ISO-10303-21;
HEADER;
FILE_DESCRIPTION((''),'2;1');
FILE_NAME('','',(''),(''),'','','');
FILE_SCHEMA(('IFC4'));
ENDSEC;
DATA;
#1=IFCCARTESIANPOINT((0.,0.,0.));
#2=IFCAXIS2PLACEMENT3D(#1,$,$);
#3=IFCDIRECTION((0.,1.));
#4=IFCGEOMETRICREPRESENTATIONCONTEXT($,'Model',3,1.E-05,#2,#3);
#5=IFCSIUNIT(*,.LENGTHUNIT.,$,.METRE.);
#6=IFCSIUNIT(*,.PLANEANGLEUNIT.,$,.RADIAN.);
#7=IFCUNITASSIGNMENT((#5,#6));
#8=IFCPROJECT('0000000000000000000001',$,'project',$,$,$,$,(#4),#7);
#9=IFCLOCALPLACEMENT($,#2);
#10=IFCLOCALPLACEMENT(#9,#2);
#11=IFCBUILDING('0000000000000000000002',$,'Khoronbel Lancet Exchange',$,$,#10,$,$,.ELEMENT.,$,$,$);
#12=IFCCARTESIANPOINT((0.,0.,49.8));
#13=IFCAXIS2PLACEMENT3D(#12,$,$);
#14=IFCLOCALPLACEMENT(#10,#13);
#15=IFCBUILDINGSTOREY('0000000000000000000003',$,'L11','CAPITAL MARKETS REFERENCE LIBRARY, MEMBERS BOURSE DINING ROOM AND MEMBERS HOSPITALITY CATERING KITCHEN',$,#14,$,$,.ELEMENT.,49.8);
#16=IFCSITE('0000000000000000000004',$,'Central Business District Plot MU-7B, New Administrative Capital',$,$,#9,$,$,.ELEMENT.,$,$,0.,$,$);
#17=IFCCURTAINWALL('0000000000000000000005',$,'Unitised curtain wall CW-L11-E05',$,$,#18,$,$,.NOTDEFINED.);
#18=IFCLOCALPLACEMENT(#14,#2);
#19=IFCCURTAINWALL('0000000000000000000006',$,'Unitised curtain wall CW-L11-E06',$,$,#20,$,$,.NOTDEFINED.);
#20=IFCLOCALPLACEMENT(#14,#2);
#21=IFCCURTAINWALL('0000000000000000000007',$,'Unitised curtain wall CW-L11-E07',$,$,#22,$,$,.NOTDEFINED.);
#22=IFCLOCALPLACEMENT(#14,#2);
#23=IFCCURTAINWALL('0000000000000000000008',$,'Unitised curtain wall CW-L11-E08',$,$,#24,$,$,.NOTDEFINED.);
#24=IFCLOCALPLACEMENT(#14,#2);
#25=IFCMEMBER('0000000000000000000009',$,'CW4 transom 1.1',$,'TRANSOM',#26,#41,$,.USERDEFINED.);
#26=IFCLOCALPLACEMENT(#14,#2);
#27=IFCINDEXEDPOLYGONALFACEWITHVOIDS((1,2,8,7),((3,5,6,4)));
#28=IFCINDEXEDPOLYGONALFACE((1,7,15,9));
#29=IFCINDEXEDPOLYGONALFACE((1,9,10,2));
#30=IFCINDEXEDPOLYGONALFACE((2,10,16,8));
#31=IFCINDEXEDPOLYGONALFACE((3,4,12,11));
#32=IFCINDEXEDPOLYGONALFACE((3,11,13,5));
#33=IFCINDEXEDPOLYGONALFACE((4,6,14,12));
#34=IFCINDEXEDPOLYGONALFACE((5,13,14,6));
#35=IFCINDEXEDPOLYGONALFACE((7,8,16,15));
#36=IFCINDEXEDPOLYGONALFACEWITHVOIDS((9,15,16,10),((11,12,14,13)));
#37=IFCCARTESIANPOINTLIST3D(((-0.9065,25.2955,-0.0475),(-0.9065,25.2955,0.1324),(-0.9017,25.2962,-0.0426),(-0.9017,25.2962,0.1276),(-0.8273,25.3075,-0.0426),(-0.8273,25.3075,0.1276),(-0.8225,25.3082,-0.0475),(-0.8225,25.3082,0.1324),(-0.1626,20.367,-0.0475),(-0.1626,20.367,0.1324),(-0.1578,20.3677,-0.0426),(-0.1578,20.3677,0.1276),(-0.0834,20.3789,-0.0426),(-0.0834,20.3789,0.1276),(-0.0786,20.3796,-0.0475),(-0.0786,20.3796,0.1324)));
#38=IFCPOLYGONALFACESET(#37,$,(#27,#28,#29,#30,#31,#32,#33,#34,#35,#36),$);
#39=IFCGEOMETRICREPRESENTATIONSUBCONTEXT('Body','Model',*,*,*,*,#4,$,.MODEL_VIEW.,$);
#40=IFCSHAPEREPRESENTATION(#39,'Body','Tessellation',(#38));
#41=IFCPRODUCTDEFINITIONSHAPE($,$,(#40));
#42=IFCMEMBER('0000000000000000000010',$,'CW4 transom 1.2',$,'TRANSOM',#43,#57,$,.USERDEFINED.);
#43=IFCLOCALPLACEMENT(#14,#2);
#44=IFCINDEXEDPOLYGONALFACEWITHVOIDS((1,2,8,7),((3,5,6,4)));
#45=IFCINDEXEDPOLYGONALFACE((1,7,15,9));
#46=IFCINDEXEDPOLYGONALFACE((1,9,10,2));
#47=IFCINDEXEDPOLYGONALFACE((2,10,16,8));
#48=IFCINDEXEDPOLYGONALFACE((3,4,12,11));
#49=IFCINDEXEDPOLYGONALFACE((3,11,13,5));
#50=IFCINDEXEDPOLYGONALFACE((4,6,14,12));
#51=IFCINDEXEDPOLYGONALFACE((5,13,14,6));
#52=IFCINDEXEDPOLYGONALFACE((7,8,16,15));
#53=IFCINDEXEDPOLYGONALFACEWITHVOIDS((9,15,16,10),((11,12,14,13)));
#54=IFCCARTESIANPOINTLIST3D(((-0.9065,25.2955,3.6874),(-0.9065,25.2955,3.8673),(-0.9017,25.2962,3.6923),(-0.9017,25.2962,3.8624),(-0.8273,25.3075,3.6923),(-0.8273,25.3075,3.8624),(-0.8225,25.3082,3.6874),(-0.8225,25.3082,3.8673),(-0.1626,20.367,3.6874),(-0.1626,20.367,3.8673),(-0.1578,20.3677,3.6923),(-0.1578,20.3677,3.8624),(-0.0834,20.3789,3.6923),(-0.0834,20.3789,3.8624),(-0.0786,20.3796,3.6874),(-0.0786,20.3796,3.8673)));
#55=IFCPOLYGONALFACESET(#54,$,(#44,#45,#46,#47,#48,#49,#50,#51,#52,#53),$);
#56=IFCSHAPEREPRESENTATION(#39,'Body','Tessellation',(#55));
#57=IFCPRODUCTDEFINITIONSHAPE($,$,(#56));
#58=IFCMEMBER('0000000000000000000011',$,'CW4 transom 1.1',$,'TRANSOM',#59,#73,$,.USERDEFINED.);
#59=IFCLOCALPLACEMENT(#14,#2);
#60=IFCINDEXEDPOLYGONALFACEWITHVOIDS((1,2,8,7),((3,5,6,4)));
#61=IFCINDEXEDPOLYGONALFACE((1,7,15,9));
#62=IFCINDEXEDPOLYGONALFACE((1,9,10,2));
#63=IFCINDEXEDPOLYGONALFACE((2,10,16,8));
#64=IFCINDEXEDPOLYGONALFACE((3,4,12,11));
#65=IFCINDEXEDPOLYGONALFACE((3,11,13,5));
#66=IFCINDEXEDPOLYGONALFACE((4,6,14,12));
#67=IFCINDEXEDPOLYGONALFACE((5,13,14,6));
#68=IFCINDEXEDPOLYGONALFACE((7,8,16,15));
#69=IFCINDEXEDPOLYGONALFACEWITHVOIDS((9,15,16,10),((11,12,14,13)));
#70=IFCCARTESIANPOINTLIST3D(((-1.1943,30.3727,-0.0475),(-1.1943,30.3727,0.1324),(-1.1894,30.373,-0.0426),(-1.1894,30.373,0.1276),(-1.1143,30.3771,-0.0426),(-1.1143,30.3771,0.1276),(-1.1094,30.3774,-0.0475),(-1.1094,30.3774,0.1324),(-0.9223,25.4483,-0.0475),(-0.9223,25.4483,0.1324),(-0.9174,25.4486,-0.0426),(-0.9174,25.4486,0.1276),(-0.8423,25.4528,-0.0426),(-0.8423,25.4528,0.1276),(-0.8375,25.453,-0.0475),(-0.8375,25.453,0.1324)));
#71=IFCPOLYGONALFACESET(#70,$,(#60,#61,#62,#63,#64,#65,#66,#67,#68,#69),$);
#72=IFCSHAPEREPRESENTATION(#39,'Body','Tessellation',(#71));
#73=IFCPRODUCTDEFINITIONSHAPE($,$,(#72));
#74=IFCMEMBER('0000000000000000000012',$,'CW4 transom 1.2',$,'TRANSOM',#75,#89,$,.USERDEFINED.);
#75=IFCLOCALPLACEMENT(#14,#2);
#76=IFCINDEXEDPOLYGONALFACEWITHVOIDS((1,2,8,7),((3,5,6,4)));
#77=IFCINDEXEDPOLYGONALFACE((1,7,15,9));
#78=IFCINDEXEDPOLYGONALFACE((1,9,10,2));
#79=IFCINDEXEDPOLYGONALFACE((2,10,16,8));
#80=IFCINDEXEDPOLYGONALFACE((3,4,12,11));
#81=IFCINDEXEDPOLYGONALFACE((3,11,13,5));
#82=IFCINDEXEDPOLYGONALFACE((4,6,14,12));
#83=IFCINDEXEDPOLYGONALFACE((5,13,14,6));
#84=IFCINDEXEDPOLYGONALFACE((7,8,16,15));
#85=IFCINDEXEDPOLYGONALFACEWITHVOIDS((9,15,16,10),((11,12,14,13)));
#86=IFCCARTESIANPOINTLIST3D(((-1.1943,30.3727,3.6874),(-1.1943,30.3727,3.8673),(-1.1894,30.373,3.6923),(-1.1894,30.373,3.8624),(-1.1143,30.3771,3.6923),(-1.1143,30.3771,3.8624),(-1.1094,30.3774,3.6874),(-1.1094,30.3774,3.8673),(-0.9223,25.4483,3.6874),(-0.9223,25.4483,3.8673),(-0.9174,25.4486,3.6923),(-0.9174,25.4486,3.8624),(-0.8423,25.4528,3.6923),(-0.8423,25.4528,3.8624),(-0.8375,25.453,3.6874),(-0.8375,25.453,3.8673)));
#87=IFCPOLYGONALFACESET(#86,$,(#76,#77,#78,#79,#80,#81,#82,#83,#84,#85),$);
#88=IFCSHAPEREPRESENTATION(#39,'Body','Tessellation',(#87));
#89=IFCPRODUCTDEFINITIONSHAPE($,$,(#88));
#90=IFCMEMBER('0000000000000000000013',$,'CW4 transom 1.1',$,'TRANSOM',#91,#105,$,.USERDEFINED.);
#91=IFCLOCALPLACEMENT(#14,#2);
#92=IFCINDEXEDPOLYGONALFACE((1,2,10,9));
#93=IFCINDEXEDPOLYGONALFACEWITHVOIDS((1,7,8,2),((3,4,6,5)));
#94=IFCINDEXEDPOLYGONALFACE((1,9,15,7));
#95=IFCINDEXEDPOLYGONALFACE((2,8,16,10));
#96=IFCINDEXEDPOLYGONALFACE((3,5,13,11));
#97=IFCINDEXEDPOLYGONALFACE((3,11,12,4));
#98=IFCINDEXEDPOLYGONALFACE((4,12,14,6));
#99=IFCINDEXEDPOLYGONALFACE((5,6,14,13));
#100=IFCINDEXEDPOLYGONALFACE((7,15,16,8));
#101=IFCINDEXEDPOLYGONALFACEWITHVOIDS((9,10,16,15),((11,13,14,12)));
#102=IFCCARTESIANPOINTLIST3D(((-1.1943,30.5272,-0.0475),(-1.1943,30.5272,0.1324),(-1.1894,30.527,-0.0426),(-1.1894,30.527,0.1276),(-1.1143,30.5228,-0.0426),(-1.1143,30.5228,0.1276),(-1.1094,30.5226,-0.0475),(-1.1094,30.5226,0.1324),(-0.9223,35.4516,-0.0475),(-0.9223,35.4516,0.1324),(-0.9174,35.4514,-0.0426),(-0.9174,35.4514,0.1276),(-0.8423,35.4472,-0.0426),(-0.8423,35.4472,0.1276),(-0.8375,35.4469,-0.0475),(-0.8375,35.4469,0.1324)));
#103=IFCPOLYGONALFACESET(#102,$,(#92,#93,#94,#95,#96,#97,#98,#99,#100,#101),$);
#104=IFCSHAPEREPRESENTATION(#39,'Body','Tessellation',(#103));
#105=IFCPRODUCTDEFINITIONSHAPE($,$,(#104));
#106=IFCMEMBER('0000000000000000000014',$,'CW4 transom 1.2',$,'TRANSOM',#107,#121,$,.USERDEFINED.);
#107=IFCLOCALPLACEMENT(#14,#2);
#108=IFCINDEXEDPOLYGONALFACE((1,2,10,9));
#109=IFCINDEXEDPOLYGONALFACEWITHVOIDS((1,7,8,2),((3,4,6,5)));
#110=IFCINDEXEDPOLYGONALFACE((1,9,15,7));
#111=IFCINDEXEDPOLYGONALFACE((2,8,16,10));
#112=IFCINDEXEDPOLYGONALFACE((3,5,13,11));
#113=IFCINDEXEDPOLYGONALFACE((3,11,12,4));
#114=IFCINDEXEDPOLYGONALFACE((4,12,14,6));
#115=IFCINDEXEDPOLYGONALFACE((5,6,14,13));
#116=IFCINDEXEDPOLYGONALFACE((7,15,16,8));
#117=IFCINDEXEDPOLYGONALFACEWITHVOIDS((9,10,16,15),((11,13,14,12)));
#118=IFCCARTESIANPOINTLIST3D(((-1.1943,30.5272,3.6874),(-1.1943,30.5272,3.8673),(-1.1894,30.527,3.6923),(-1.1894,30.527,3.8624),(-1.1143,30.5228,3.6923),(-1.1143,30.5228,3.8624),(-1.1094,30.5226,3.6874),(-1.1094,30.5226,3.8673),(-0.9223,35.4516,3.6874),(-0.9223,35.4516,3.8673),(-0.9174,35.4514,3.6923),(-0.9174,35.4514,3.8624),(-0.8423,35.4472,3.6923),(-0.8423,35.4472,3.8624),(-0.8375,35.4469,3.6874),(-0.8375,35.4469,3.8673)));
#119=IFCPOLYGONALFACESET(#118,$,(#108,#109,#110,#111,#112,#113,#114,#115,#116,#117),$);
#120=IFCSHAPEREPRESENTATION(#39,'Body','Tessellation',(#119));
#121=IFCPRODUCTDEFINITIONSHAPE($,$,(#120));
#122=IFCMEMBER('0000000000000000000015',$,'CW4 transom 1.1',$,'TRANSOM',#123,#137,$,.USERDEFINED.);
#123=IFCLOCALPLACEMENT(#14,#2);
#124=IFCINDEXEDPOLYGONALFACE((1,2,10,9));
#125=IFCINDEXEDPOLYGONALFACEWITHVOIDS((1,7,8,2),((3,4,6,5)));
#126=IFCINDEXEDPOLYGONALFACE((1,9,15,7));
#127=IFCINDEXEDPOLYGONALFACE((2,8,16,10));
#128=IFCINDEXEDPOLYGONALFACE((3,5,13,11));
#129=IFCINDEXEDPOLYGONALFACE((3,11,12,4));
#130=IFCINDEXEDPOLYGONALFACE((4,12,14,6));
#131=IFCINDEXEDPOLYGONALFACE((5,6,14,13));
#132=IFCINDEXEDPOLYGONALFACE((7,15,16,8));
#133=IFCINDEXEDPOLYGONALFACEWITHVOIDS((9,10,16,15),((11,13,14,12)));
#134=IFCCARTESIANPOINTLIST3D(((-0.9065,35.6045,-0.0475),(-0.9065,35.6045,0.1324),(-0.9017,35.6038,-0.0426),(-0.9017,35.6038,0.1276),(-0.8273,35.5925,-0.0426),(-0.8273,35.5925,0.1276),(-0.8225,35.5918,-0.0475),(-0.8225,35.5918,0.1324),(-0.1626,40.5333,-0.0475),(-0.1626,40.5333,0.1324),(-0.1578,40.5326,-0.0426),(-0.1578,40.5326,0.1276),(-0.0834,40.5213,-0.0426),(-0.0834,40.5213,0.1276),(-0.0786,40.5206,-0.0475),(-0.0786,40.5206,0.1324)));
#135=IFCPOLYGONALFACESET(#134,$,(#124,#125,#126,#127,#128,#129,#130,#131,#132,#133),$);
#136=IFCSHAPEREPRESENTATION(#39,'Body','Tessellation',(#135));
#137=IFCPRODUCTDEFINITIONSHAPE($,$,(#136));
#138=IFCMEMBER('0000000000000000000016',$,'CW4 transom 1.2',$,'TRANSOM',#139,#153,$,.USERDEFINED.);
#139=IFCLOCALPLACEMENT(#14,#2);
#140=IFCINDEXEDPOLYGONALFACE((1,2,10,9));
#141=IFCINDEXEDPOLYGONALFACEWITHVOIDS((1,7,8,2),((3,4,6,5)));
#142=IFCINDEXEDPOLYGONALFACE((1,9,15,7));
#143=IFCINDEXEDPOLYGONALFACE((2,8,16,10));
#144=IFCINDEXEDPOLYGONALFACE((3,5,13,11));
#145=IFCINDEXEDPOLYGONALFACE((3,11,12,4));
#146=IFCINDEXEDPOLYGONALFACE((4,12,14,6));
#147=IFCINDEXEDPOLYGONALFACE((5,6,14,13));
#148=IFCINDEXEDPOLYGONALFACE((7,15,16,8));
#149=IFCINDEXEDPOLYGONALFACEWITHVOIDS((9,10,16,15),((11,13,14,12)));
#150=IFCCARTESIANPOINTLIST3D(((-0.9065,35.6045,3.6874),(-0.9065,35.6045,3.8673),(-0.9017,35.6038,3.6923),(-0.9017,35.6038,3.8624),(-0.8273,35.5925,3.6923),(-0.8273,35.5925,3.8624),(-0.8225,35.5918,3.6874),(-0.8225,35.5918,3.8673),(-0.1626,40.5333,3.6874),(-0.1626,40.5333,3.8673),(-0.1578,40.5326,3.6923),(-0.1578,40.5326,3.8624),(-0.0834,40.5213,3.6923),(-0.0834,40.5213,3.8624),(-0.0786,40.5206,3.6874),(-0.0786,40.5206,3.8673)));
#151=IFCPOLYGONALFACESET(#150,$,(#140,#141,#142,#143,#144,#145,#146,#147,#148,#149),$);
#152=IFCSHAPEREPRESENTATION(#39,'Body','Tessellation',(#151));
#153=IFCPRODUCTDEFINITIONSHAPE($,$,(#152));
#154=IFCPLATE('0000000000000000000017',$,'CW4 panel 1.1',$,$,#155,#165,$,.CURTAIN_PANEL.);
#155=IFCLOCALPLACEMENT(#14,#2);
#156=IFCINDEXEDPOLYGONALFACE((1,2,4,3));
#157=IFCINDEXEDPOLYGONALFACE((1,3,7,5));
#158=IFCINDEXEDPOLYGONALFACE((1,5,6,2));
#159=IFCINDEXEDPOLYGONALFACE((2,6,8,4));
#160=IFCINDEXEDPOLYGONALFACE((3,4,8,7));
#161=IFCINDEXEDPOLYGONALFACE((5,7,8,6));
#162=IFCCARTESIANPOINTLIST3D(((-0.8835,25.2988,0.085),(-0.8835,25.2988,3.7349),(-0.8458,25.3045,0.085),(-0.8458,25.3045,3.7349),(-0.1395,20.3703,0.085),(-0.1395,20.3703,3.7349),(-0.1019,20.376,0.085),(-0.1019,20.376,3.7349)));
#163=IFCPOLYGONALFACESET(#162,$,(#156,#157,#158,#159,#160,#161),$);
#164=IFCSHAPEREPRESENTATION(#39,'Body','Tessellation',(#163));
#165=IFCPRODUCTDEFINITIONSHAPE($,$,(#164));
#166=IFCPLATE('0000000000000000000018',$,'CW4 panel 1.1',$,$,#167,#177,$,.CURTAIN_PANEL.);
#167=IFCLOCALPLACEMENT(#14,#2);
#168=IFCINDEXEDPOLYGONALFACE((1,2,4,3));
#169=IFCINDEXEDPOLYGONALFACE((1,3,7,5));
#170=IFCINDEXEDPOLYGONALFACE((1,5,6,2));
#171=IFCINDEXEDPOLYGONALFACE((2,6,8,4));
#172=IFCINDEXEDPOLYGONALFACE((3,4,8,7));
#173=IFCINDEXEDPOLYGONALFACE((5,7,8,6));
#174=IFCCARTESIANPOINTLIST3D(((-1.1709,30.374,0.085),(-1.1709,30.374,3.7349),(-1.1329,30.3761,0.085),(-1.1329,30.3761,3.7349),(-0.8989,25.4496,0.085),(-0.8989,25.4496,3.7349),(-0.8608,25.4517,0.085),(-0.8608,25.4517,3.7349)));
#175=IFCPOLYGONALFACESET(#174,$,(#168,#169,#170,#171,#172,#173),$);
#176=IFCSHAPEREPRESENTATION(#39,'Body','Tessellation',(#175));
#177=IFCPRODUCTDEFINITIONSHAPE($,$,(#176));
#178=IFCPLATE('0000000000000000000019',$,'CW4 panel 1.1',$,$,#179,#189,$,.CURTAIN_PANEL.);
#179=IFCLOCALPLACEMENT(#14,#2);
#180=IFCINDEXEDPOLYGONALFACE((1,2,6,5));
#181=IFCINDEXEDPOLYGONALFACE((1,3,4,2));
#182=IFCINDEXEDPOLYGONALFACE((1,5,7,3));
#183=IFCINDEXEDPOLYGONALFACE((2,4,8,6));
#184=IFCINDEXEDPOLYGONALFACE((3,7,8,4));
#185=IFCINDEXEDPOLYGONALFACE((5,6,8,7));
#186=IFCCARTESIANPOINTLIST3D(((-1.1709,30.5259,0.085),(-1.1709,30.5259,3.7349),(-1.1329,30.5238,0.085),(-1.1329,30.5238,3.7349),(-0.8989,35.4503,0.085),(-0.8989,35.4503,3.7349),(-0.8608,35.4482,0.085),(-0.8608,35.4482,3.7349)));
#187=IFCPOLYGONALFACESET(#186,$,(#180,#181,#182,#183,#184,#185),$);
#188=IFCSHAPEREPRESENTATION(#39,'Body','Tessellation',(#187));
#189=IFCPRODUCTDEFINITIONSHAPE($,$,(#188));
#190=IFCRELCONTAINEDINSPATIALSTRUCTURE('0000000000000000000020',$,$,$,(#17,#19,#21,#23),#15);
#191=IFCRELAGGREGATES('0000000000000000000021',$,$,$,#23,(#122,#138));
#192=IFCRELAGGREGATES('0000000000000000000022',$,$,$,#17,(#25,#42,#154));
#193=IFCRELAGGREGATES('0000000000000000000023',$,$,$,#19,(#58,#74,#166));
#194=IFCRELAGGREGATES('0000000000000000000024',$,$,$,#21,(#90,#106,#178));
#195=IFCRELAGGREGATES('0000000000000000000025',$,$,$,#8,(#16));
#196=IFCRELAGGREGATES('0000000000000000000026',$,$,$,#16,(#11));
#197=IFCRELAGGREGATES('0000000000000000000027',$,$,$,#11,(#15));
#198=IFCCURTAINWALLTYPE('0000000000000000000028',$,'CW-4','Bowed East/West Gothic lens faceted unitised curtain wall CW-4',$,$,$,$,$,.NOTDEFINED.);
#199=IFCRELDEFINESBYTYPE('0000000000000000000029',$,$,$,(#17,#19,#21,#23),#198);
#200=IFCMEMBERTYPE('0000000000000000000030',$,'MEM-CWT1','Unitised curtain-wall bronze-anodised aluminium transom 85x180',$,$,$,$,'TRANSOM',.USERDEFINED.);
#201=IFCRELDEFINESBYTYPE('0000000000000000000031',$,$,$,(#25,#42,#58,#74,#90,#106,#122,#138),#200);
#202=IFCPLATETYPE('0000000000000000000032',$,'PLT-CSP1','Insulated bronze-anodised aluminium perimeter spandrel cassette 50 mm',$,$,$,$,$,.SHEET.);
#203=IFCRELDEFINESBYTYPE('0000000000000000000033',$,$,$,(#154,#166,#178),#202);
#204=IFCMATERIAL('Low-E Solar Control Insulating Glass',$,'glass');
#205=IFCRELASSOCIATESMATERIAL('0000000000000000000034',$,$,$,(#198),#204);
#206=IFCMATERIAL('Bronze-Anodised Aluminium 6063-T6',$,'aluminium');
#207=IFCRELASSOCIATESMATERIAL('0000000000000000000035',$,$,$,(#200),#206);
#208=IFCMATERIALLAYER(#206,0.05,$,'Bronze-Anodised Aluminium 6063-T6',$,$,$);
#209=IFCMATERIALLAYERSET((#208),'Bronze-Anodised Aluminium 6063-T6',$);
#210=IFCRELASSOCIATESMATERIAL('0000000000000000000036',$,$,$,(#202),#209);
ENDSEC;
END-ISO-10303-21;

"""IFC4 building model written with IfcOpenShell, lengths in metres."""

from ifc_helpers import new_model, si_unit, direction, frame, origin, origin_2d, place, context, subcontext, project, spatial, rectangle, hollow_rectangle, extrude, material, layer, layer_set, material_profile, profile_set, type_object, element, aggregate, save


model = new_model("IFC4")

# Units and contexts
model_context = context("Model", 3, precision=1e-05, world=origin(), true_north=direction((0.0, 1.0)))
body_context = subcontext(model_context, "Body", "Model", "MODEL_VIEW")
ifc_project = project(units=[si_unit("LENGTHUNIT", "METRE"), si_unit("PLANEANGLEUNIT", "RADIAN")], contexts=[model_context])

# Site, building, storey
site_placement = place(None, origin())
site = spatial("IfcSite", under=ifc_project, at=site_placement, Name="Central Business District Plot MU-7B, New Administrative Capital", CompositionType="ELEMENT", RefElevation=0.0)
building_placement = place(site_placement, origin())
building = spatial("IfcBuilding", under=site, at=building_placement, Name="Khoronbel Lancet Exchange", CompositionType="ELEMENT")
storey_placement = place(building_placement, frame((0.0, 0.0, 49.8)))
storey = spatial("IfcBuildingStorey", under=building, at=storey_placement, Name="L11", Description="CAPITAL MARKETS REFERENCE LIBRARY, MEMBERS BOURSE DINING ROOM AND MEMBERS HOSPITALITY CATERING KITCHEN", CompositionType="ELEMENT", Elevation=49.8)

# Curtain walls
ifc_material_1 = material(Name="Low-E Solar Control Insulating Glass", Category="glass")
curtain_wall_type = type_object("IfcCurtainWallType", Name="CW-4", Description="Bowed East/West Gothic lens faceted unitised curtain wall CW-4", PredefinedType="NOTDEFINED", material=ifc_material_1)
ifc_material_2 = material(Name="Bronze-Anodised Aluminium 6063-T6", Category="aluminium")
curtain_wall_1_placement = place(storey_placement, origin())
curtain_wall_1 = element("IfcCurtainWall", 1, at=curtain_wall_1_placement, inside=storey, type_object=curtain_wall_type, Name="Unitised curtain wall CW-L11-E05", PredefinedType="NOTDEFINED")
curtain_wall_2_placement = place(storey_placement, origin())
curtain_wall_2 = element("IfcCurtainWall", 2, at=curtain_wall_2_placement, inside=storey, type_object=curtain_wall_type, Name="Unitised curtain wall CW-L11-E06", PredefinedType="NOTDEFINED")
curtain_wall_3_placement = place(storey_placement, origin())
curtain_wall_3 = element("IfcCurtainWall", 3, at=curtain_wall_3_placement, inside=storey, type_object=curtain_wall_type, Name="Unitised curtain wall CW-L11-E07", PredefinedType="NOTDEFINED")

# Curtain wall
curtain_wall_4_placement = place(storey_placement, origin())
curtain_wall_4 = element("IfcCurtainWall", 4, at=curtain_wall_4_placement, inside=storey, type_object=curtain_wall_type, Name="Unitised curtain wall CW-L11-E08", PredefinedType="NOTDEFINED")

# Members
ifc_material_profile_1 = material_profile(ifc_material_2, hollow_rectangle(XDim=0.085, YDim=0.1799, WallThickness=0.0049, at=origin_2d()), Name="ALU TRANSOM 85x180")
ifc_profile_set_1 = profile_set([ifc_material_profile_1], Name="Bronze-Anodised Aluminium 6063-T6")
member_type_1 = type_object("IfcMemberType", Name="MEM-CWT1", Description="Unitised curtain-wall bronze-anodised aluminium transom 85x180", ElementType="TRANSOM", PredefinedType="USERDEFINED", material=ifc_profile_set_1)
member_1_placement = place(storey_placement, frame((-0.1206, 20.3733, 0.0425), z_axis=(-0.149248, 0.9888, 0.0), x_axis=(-0.9888, -0.149248, 0.0)))
member_1 = element("IfcMember", 5, at=member_1_placement, type_object=member_type_1, Name="CW4 transom 1.1", ObjectType="TRANSOM", PredefinedType="USERDEFINED", context=body_context, shape_type="SweptSolid", body=[
    extrude(hollow_rectangle(XDim=0.085, YDim=0.1799, WallThickness=0.0049, at=origin_2d()), origin(), (0.0, 0.0, 1.0), 4.9844),
])
member_2_placement = place(storey_placement, frame((-0.1206, 20.3733, 3.7773), z_axis=(-0.149248, 0.9888, 0.0), x_axis=(-0.9888, -0.149248, 0.0)))
member_2 = element("IfcMember", 6, at=member_2_placement, type_object=member_type_1, Name="CW4 transom 1.2", ObjectType="TRANSOM", PredefinedType="USERDEFINED", context=body_context, shape_type="SweptSolid", body=[
    extrude(hollow_rectangle(XDim=0.085, YDim=0.1799, WallThickness=0.0049, at=origin_2d()), origin(), (0.0, 0.0, 1.0), 4.9844),
])
member_3_placement = place(storey_placement, frame((-0.8799, 25.4507, 0.0425), z_axis=(-0.055146, 0.998478, 0.0), x_axis=(-0.998478, -0.055146, 0.0)))
member_3 = element("IfcMember", 7, at=member_3_placement, type_object=member_type_1, Name="CW4 transom 1.1", ObjectType="TRANSOM", PredefinedType="USERDEFINED", context=body_context, shape_type="SweptSolid", body=[
    extrude(hollow_rectangle(XDim=0.085, YDim=0.1799, WallThickness=0.0049, at=origin_2d()), origin(), (0.0, 0.0, 1.0), 4.9319),
])
member_4_placement = place(storey_placement, frame((-0.8799, 25.4507, 3.7773), z_axis=(-0.055146, 0.998478, 0.0), x_axis=(-0.998478, -0.055146, 0.0)))
member_4 = element("IfcMember", 8, at=member_4_placement, type_object=member_type_1, Name="CW4 transom 1.2", ObjectType="TRANSOM", PredefinedType="USERDEFINED", context=body_context, shape_type="SweptSolid", body=[
    extrude(hollow_rectangle(XDim=0.085, YDim=0.1799, WallThickness=0.0049, at=origin_2d()), origin(), (0.0, 0.0, 1.0), 4.9319),
])
member_5_placement = place(storey_placement, frame((-1.1519, 30.5249, 0.0425), z_axis=(0.055146, 0.998478, 0.0), x_axis=(-0.998478, 0.055146, 0.0)))
member_5 = element("IfcMember", 9, at=member_5_placement, type_object=member_type_1, Name="CW4 transom 1.1", ObjectType="TRANSOM", PredefinedType="USERDEFINED", context=body_context, shape_type="SweptSolid", body=[
    extrude(hollow_rectangle(XDim=0.085, YDim=0.1799, WallThickness=0.0049, at=origin_2d()), origin(), (0.0, 0.0, 1.0), 4.9319),
])
member_6_placement = place(storey_placement, frame((-1.1519, 30.5249, 3.7773), z_axis=(0.055146, 0.998478, 0.0), x_axis=(-0.998478, 0.055146, 0.0)))
member_6 = element("IfcMember", 10, at=member_6_placement, type_object=member_type_1, Name="CW4 transom 1.2", ObjectType="TRANSOM", PredefinedType="USERDEFINED", context=body_context, shape_type="SweptSolid", body=[
    extrude(hollow_rectangle(XDim=0.085, YDim=0.1799, WallThickness=0.0049, at=origin_2d()), origin(), (0.0, 0.0, 1.0), 4.9319),
])
member_7_placement = place(storey_placement, frame((-0.8645, 35.5981, 0.0425), z_axis=(0.149241, 0.988801, 0.0), x_axis=(-0.988801, 0.149241, 0.0)))
member_7 = element("IfcMember", 11, at=member_7_placement, type_object=member_type_1, Name="CW4 transom 1.1", ObjectType="TRANSOM", PredefinedType="USERDEFINED", context=body_context, shape_type="SweptSolid", body=[
    extrude(hollow_rectangle(XDim=0.085, YDim=0.1799, WallThickness=0.0049, at=origin_2d()), origin(), (0.0, 0.0, 1.0), 4.9846),
])
member_8_placement = place(storey_placement, frame((-0.8645, 35.5981, 3.7773), z_axis=(0.149241, 0.988801, 0.0), x_axis=(-0.988801, 0.149241, 0.0)))
member_8 = element("IfcMember", 12, at=member_8_placement, type_object=member_type_1, Name="CW4 transom 1.2", ObjectType="TRANSOM", PredefinedType="USERDEFINED", context=body_context, shape_type="SweptSolid", body=[
    extrude(hollow_rectangle(XDim=0.085, YDim=0.1799, WallThickness=0.0049, at=origin_2d()), origin(), (0.0, 0.0, 1.0), 4.9846),
])
aggregate(curtain_wall_4, [member_7, member_8])

# Plates
ifc_layer_1 = layer(ifc_material_2, 0.05, Name="Bronze-Anodised Aluminium 6063-T6")
ifc_layer_set_1 = layer_set([ifc_layer_1], Name="Bronze-Anodised Aluminium 6063-T6")
plate_type_1 = type_object("IfcPlateType", Name="PLT-CSP1", Description="Insulated bronze-anodised aluminium perimeter spandrel cassette 50 mm", PredefinedType="SHEET", material=ifc_layer_set_1)
plate_1_placement = place(storey_placement, frame((-0.4927, 22.8374, 0.085), z_axis=(0.0, 0.0, 1.0), x_axis=(-0.149251, 0.988799, 0.0)))
plate_1 = element("IfcPlate", 13, at=plate_1_placement, type_object=plate_type_1, Name="CW4 panel 1.1", PredefinedType="CURTAIN_PANEL", context=body_context, shape_type="SweptSolid", body=[
    extrude(rectangle(XDim=4.9844, YDim=0.0381, at=origin_2d()), origin(), (0.0, 0.0, 1.0), 3.6499),
])
aggregate(curtain_wall_1, [member_1, member_2, plate_1])
plate_2_placement = place(storey_placement, frame((-1.0159, 27.9128, 0.085), z_axis=(0.0, 0.0, 1.0), x_axis=(-0.055157, 0.998478, 0.0)))
plate_2 = element("IfcPlate", 14, at=plate_2_placement, type_object=plate_type_1, Name="CW4 panel 1.1", PredefinedType="CURTAIN_PANEL", context=body_context, shape_type="SweptSolid", body=[
    extrude(rectangle(XDim=4.9319, YDim=0.0381, at=origin_2d()), origin(), (0.0, 0.0, 1.0), 3.6499),
])
aggregate(curtain_wall_2, [member_3, member_4, plate_2])
plate_3_placement = place(storey_placement, frame((-1.0159, 32.9871, 0.085), z_axis=(0.0, 0.0, 1.0), x_axis=(0.055157, 0.998478, 0.0)))
plate_3 = element("IfcPlate", 15, at=plate_3_placement, type_object=plate_type_1, Name="CW4 panel 1.1", PredefinedType="CURTAIN_PANEL", context=body_context, shape_type="SweptSolid", body=[
    extrude(rectangle(XDim=4.9319, YDim=0.0381, at=origin_2d()), origin(), (0.0, 0.0, 1.0), 3.6499),
])
aggregate(curtain_wall_3, [member_5, member_6, plate_3])

save(model, "model.ifc")
